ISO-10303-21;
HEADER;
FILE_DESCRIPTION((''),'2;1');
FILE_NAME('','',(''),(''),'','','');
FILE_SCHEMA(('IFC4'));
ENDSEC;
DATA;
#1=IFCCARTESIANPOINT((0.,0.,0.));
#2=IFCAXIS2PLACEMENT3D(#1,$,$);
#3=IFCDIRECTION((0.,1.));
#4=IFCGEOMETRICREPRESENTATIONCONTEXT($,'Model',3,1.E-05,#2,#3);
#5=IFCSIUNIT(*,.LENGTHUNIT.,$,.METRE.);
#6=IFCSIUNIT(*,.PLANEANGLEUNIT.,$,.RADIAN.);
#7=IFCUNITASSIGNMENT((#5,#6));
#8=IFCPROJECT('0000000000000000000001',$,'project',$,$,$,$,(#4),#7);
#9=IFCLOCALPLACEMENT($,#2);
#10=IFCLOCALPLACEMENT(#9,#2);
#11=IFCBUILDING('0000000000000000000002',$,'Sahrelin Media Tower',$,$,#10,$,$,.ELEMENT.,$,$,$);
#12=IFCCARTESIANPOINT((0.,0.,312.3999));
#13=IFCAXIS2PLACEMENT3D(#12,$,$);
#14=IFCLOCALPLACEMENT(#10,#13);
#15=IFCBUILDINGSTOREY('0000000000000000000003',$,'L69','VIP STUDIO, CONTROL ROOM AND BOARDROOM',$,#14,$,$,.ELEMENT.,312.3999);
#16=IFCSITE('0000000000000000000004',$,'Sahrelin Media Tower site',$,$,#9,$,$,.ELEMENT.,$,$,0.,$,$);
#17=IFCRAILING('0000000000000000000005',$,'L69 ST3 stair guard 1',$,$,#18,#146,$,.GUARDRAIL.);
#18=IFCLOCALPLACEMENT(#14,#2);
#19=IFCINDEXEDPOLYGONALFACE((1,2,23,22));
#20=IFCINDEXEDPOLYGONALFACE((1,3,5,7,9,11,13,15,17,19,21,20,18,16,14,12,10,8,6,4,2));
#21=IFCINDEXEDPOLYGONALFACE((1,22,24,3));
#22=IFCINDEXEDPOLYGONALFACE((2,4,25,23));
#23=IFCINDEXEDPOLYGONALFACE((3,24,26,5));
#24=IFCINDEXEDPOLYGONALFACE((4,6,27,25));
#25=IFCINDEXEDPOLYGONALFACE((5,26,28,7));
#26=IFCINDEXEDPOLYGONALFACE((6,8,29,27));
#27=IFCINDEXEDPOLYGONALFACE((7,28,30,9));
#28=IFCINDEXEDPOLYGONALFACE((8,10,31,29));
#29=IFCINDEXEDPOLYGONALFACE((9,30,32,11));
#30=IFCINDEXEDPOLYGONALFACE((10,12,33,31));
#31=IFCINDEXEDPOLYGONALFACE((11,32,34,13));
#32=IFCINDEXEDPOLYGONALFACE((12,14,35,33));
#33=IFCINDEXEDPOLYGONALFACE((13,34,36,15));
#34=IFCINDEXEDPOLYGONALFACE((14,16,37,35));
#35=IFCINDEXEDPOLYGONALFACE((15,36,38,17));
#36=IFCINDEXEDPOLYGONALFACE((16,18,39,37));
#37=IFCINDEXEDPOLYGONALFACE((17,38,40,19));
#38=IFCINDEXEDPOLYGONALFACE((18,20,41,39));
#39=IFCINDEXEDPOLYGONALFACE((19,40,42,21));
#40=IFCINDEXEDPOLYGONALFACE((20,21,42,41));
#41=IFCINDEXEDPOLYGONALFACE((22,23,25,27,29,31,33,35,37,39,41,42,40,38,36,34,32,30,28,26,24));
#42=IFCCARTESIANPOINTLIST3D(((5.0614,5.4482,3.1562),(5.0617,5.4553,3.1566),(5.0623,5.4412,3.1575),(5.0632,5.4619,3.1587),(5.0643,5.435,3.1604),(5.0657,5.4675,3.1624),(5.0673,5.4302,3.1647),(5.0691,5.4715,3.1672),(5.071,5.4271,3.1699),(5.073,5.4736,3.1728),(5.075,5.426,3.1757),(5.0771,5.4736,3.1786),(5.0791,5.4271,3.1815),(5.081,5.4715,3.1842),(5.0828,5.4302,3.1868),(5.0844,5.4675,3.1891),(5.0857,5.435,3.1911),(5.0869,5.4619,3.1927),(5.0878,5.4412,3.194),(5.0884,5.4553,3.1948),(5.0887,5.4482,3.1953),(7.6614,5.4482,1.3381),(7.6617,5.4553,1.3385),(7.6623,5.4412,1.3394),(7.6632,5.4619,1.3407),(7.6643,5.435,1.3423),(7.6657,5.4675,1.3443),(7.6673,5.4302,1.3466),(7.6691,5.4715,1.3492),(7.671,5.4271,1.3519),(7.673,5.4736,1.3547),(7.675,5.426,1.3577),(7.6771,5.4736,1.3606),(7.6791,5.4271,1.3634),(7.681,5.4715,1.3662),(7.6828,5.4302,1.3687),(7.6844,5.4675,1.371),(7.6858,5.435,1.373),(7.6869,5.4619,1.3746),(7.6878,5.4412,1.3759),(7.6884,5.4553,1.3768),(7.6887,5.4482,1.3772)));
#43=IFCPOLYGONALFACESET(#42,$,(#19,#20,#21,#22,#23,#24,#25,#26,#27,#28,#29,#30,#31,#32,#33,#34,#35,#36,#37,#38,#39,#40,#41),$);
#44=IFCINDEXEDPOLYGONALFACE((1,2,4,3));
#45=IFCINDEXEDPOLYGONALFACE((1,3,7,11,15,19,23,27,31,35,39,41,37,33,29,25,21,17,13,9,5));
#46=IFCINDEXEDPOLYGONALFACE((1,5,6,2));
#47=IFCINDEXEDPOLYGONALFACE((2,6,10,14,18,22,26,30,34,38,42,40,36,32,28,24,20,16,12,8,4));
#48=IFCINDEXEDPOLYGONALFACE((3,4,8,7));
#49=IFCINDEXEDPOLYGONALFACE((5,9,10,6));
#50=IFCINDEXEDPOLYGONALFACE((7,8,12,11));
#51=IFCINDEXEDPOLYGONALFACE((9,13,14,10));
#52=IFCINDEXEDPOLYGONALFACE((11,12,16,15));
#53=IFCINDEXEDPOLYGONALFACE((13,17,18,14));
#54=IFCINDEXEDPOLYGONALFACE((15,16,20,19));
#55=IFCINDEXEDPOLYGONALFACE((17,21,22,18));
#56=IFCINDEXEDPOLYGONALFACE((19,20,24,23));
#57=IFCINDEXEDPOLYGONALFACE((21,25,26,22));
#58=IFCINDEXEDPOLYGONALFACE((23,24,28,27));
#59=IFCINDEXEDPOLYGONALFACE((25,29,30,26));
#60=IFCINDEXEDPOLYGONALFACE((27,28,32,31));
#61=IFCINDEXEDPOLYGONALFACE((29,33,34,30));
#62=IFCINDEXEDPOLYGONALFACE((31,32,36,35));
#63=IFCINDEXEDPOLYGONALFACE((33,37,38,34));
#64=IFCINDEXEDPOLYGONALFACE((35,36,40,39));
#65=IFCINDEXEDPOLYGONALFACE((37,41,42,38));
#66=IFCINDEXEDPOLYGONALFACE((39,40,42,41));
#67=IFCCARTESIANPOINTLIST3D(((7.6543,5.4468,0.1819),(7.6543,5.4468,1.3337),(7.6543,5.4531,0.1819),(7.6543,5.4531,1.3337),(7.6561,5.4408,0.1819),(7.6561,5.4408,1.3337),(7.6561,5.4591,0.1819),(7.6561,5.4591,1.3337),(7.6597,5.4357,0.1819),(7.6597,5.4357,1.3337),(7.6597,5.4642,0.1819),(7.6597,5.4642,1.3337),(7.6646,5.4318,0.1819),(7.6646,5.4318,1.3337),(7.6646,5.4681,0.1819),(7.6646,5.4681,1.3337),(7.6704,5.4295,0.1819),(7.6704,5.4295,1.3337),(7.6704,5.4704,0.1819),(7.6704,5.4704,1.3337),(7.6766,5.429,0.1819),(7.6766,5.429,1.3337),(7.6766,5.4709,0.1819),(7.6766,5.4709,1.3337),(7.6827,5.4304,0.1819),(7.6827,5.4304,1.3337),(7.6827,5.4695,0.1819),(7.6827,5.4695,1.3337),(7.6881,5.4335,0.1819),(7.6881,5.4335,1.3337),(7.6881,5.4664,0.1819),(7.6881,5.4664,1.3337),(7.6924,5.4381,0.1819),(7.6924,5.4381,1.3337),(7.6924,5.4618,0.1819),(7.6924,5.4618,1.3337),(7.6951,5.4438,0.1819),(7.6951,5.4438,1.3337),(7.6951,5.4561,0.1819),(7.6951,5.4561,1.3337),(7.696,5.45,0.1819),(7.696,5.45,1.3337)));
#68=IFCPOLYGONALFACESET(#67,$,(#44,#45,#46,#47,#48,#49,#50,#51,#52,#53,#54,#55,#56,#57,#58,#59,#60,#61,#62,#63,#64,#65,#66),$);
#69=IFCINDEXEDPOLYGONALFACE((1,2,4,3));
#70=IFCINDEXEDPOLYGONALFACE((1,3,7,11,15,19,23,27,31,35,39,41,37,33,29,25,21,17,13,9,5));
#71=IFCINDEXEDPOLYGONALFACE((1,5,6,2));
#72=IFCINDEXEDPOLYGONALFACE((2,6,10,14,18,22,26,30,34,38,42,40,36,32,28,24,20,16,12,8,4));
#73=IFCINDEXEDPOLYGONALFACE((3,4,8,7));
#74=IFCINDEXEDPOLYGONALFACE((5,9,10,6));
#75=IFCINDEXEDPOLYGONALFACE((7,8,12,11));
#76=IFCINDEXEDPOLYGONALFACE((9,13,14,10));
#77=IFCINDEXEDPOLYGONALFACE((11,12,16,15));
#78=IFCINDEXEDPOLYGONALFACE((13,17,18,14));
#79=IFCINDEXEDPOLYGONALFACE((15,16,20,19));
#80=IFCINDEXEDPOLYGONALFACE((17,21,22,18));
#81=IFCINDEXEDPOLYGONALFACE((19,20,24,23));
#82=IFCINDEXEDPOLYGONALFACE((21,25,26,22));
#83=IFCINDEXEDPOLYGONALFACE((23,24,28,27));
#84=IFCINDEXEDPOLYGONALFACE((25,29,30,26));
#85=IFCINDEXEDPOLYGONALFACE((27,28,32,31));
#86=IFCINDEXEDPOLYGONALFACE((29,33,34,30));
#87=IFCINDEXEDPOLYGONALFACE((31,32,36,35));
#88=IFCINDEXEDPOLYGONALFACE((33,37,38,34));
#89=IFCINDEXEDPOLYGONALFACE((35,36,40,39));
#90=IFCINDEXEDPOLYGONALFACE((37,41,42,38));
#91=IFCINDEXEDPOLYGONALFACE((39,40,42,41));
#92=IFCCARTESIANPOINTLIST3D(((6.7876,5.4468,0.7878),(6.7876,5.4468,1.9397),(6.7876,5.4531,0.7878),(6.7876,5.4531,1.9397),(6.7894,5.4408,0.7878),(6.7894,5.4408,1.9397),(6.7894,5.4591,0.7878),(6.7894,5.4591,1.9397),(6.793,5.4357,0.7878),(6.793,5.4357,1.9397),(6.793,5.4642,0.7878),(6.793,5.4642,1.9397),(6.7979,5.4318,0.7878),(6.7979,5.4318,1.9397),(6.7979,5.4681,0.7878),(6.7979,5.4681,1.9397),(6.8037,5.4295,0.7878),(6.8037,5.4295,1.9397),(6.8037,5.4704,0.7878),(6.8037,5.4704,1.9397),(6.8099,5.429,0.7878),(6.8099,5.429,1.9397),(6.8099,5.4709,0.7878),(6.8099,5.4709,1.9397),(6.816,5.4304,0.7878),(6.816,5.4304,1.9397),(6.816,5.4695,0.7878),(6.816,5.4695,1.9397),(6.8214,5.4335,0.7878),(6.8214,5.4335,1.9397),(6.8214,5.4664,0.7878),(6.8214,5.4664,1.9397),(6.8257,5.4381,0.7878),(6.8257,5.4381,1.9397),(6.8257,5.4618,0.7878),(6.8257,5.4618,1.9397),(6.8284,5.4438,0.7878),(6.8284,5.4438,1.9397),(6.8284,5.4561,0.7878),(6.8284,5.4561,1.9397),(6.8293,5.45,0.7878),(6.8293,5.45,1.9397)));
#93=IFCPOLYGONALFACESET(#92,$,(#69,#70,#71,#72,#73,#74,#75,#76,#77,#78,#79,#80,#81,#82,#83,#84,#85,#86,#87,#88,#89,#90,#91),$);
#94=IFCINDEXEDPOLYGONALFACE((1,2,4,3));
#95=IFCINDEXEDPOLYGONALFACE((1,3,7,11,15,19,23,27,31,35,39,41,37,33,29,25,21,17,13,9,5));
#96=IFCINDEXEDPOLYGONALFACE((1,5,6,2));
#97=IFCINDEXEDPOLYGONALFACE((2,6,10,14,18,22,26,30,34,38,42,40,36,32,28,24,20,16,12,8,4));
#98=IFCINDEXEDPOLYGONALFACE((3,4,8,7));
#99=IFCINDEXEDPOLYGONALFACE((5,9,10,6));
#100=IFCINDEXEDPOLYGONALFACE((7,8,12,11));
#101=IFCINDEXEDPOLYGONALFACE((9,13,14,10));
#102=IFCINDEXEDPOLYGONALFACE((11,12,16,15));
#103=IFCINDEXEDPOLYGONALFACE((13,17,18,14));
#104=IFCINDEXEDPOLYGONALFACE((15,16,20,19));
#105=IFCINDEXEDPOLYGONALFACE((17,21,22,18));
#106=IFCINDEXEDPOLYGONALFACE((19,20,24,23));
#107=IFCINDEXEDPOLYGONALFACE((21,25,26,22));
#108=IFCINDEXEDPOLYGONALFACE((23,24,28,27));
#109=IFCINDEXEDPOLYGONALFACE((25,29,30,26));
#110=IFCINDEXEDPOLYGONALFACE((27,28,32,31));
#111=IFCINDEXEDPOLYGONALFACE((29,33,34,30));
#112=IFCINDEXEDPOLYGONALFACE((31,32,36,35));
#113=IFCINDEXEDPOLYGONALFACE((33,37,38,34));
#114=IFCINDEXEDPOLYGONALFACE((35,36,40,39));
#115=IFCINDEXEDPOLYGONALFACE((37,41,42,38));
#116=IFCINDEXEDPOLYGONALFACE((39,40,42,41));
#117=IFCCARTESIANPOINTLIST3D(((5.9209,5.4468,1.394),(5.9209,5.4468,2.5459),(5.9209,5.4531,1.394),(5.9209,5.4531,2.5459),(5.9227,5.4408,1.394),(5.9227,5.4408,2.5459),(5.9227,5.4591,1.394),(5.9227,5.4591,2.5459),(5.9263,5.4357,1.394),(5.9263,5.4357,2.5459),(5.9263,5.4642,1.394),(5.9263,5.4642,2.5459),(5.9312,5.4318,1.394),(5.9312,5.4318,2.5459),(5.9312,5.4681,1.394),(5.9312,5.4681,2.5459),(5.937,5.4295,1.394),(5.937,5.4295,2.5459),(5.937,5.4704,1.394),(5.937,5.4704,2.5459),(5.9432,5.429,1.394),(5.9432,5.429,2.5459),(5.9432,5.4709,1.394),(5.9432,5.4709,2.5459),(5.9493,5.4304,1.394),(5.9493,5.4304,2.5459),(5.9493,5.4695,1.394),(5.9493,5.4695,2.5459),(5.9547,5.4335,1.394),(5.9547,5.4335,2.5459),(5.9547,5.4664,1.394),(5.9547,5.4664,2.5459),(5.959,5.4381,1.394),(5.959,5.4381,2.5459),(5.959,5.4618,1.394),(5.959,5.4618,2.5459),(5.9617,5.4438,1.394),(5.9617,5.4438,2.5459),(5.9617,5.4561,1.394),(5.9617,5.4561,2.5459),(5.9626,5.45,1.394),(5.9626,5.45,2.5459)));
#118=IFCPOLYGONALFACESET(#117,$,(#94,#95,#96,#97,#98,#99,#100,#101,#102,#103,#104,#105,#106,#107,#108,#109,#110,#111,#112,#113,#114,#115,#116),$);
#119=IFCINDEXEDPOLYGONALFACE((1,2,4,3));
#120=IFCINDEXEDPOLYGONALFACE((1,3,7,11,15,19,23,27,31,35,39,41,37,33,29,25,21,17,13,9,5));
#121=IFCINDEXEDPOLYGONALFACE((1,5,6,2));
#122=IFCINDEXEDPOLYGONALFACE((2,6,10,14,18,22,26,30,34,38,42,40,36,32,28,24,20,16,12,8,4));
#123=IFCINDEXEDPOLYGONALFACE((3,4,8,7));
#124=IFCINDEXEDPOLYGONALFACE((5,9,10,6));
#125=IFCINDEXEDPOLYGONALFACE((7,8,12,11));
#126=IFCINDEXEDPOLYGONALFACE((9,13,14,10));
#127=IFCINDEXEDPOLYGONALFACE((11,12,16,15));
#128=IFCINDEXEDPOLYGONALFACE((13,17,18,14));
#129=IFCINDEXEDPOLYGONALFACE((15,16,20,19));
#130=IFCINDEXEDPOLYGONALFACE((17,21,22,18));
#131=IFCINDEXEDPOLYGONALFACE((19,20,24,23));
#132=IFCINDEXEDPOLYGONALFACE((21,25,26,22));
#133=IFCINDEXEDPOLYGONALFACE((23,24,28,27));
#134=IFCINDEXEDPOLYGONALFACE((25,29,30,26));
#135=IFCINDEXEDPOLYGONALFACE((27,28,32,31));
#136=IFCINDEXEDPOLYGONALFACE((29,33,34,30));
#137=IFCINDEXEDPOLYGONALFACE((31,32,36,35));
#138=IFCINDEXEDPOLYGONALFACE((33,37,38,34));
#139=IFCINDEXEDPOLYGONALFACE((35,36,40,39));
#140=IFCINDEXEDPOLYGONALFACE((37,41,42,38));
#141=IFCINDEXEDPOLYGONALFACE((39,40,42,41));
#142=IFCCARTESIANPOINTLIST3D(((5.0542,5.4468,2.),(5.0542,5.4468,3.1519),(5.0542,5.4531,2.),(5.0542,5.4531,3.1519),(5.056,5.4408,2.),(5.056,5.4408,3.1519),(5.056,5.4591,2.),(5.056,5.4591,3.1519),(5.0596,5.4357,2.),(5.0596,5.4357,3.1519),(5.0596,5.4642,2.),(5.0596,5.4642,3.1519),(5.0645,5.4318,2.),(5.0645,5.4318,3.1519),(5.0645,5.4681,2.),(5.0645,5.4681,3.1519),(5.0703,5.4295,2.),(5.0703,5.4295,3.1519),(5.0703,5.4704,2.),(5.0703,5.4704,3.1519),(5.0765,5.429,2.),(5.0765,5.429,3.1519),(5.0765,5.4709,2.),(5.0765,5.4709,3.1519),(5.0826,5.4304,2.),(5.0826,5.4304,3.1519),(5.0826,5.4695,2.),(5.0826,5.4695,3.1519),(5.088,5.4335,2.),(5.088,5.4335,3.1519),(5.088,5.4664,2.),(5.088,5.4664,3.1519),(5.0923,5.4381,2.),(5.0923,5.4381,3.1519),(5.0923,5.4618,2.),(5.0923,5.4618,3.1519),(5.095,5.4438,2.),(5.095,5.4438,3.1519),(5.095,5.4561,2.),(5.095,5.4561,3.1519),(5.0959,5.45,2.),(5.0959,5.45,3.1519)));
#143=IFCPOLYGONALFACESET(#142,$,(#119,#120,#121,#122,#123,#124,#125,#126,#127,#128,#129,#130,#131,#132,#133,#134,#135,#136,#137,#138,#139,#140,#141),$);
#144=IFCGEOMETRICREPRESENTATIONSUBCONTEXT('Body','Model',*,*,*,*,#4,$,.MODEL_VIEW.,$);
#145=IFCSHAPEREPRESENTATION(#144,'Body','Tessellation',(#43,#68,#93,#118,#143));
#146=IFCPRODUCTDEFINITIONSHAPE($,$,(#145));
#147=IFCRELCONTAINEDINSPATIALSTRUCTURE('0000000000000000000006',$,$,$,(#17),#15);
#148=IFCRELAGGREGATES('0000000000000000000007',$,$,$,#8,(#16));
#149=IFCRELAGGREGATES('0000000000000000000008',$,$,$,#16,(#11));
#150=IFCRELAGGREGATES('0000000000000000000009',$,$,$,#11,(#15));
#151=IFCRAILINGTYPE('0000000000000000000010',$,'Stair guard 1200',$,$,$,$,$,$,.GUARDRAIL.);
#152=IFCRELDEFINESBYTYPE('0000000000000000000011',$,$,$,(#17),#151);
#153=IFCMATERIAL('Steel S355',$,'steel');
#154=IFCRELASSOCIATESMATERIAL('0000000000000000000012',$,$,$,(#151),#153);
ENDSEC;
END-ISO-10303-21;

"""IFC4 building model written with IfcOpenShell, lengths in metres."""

from ifc_helpers import new_model, si_unit, direction, frame, origin, origin_2d, place, context, subcontext, project, spatial, circle, extrude, material, type_object, element, save


model = new_model("IFC4")

# Units and contexts
model_context = context("Model", 3, precision=1e-05, world=origin(), true_north=direction((0.0, 1.0)))
body_context = subcontext(model_context, "Body", "Model", "MODEL_VIEW")
ifc_project = project(units=[si_unit("LENGTHUNIT", "METRE"), si_unit("PLANEANGLEUNIT", "RADIAN")], contexts=[model_context])

# Site, building, storey
site_placement = place(None, origin())
site = spatial("IfcSite", under=ifc_project, at=site_placement, Name="Sahrelin Media Tower site", CompositionType="ELEMENT", RefElevation=0.0)
building_placement = place(site_placement, origin())
building = spatial("IfcBuilding", under=site, at=building_placement, Name="Sahrelin Media Tower", CompositionType="ELEMENT")
storey_placement = place(building_placement, frame((0.0, 0.0, 312.3999)))
storey = spatial("IfcBuildingStorey", under=building, at=storey_placement, Name="L69", Description="VIP STUDIO, CONTROL ROOM AND BOARDROOM", CompositionType="ELEMENT", Elevation=312.3999)

# Shared definitions
ifc_material_1 = material(Name="Steel S355", Category="steel")

# Railing
railing_type_1 = type_object("IfcRailingType", Name="Stair guard 1200", PredefinedType="GUARDRAIL", material=ifc_material_1)
railing_1_placement = place(storey_placement, frame((7.675, 5.45, 0.1819)))
element("IfcRailing", 1, at=railing_1_placement, inside=storey, type_object=railing_type_1, Name="L69 ST3 stair guard 1", PredefinedType="GUARDRAIL", context=body_context, shape_type="SweptSolid", body=[
    extrude(circle(Radius=0.0239, at=origin_2d()), frame((0.0, 0.0, 1.1758), z_axis=(-0.819521, 0.0, 0.573049), x_axis=(0.0, -1.0, 0.0)), (0.0, 0.0, 1.0), 3.1726),
    extrude(circle(Radius=0.021, at=origin_2d()), origin(), (0.0, 0.0, 1.0), 1.1519),
    extrude(circle(Radius=0.021, at=origin_2d()), frame((-0.8667, 0.0, 0.606)), (0.0, 0.0, 1.0), 1.1519),
    extrude(circle(Radius=0.021, at=origin_2d()), frame((-1.7334, 0.0, 1.2122)), (0.0, 0.0, 1.0), 1.1519),
    extrude(circle(Radius=0.021, at=origin_2d()), frame((-2.6001, 0.0, 1.8181)), (0.0, 0.0, 1.0), 1.1519),
])

save(model, "model.ifc")
